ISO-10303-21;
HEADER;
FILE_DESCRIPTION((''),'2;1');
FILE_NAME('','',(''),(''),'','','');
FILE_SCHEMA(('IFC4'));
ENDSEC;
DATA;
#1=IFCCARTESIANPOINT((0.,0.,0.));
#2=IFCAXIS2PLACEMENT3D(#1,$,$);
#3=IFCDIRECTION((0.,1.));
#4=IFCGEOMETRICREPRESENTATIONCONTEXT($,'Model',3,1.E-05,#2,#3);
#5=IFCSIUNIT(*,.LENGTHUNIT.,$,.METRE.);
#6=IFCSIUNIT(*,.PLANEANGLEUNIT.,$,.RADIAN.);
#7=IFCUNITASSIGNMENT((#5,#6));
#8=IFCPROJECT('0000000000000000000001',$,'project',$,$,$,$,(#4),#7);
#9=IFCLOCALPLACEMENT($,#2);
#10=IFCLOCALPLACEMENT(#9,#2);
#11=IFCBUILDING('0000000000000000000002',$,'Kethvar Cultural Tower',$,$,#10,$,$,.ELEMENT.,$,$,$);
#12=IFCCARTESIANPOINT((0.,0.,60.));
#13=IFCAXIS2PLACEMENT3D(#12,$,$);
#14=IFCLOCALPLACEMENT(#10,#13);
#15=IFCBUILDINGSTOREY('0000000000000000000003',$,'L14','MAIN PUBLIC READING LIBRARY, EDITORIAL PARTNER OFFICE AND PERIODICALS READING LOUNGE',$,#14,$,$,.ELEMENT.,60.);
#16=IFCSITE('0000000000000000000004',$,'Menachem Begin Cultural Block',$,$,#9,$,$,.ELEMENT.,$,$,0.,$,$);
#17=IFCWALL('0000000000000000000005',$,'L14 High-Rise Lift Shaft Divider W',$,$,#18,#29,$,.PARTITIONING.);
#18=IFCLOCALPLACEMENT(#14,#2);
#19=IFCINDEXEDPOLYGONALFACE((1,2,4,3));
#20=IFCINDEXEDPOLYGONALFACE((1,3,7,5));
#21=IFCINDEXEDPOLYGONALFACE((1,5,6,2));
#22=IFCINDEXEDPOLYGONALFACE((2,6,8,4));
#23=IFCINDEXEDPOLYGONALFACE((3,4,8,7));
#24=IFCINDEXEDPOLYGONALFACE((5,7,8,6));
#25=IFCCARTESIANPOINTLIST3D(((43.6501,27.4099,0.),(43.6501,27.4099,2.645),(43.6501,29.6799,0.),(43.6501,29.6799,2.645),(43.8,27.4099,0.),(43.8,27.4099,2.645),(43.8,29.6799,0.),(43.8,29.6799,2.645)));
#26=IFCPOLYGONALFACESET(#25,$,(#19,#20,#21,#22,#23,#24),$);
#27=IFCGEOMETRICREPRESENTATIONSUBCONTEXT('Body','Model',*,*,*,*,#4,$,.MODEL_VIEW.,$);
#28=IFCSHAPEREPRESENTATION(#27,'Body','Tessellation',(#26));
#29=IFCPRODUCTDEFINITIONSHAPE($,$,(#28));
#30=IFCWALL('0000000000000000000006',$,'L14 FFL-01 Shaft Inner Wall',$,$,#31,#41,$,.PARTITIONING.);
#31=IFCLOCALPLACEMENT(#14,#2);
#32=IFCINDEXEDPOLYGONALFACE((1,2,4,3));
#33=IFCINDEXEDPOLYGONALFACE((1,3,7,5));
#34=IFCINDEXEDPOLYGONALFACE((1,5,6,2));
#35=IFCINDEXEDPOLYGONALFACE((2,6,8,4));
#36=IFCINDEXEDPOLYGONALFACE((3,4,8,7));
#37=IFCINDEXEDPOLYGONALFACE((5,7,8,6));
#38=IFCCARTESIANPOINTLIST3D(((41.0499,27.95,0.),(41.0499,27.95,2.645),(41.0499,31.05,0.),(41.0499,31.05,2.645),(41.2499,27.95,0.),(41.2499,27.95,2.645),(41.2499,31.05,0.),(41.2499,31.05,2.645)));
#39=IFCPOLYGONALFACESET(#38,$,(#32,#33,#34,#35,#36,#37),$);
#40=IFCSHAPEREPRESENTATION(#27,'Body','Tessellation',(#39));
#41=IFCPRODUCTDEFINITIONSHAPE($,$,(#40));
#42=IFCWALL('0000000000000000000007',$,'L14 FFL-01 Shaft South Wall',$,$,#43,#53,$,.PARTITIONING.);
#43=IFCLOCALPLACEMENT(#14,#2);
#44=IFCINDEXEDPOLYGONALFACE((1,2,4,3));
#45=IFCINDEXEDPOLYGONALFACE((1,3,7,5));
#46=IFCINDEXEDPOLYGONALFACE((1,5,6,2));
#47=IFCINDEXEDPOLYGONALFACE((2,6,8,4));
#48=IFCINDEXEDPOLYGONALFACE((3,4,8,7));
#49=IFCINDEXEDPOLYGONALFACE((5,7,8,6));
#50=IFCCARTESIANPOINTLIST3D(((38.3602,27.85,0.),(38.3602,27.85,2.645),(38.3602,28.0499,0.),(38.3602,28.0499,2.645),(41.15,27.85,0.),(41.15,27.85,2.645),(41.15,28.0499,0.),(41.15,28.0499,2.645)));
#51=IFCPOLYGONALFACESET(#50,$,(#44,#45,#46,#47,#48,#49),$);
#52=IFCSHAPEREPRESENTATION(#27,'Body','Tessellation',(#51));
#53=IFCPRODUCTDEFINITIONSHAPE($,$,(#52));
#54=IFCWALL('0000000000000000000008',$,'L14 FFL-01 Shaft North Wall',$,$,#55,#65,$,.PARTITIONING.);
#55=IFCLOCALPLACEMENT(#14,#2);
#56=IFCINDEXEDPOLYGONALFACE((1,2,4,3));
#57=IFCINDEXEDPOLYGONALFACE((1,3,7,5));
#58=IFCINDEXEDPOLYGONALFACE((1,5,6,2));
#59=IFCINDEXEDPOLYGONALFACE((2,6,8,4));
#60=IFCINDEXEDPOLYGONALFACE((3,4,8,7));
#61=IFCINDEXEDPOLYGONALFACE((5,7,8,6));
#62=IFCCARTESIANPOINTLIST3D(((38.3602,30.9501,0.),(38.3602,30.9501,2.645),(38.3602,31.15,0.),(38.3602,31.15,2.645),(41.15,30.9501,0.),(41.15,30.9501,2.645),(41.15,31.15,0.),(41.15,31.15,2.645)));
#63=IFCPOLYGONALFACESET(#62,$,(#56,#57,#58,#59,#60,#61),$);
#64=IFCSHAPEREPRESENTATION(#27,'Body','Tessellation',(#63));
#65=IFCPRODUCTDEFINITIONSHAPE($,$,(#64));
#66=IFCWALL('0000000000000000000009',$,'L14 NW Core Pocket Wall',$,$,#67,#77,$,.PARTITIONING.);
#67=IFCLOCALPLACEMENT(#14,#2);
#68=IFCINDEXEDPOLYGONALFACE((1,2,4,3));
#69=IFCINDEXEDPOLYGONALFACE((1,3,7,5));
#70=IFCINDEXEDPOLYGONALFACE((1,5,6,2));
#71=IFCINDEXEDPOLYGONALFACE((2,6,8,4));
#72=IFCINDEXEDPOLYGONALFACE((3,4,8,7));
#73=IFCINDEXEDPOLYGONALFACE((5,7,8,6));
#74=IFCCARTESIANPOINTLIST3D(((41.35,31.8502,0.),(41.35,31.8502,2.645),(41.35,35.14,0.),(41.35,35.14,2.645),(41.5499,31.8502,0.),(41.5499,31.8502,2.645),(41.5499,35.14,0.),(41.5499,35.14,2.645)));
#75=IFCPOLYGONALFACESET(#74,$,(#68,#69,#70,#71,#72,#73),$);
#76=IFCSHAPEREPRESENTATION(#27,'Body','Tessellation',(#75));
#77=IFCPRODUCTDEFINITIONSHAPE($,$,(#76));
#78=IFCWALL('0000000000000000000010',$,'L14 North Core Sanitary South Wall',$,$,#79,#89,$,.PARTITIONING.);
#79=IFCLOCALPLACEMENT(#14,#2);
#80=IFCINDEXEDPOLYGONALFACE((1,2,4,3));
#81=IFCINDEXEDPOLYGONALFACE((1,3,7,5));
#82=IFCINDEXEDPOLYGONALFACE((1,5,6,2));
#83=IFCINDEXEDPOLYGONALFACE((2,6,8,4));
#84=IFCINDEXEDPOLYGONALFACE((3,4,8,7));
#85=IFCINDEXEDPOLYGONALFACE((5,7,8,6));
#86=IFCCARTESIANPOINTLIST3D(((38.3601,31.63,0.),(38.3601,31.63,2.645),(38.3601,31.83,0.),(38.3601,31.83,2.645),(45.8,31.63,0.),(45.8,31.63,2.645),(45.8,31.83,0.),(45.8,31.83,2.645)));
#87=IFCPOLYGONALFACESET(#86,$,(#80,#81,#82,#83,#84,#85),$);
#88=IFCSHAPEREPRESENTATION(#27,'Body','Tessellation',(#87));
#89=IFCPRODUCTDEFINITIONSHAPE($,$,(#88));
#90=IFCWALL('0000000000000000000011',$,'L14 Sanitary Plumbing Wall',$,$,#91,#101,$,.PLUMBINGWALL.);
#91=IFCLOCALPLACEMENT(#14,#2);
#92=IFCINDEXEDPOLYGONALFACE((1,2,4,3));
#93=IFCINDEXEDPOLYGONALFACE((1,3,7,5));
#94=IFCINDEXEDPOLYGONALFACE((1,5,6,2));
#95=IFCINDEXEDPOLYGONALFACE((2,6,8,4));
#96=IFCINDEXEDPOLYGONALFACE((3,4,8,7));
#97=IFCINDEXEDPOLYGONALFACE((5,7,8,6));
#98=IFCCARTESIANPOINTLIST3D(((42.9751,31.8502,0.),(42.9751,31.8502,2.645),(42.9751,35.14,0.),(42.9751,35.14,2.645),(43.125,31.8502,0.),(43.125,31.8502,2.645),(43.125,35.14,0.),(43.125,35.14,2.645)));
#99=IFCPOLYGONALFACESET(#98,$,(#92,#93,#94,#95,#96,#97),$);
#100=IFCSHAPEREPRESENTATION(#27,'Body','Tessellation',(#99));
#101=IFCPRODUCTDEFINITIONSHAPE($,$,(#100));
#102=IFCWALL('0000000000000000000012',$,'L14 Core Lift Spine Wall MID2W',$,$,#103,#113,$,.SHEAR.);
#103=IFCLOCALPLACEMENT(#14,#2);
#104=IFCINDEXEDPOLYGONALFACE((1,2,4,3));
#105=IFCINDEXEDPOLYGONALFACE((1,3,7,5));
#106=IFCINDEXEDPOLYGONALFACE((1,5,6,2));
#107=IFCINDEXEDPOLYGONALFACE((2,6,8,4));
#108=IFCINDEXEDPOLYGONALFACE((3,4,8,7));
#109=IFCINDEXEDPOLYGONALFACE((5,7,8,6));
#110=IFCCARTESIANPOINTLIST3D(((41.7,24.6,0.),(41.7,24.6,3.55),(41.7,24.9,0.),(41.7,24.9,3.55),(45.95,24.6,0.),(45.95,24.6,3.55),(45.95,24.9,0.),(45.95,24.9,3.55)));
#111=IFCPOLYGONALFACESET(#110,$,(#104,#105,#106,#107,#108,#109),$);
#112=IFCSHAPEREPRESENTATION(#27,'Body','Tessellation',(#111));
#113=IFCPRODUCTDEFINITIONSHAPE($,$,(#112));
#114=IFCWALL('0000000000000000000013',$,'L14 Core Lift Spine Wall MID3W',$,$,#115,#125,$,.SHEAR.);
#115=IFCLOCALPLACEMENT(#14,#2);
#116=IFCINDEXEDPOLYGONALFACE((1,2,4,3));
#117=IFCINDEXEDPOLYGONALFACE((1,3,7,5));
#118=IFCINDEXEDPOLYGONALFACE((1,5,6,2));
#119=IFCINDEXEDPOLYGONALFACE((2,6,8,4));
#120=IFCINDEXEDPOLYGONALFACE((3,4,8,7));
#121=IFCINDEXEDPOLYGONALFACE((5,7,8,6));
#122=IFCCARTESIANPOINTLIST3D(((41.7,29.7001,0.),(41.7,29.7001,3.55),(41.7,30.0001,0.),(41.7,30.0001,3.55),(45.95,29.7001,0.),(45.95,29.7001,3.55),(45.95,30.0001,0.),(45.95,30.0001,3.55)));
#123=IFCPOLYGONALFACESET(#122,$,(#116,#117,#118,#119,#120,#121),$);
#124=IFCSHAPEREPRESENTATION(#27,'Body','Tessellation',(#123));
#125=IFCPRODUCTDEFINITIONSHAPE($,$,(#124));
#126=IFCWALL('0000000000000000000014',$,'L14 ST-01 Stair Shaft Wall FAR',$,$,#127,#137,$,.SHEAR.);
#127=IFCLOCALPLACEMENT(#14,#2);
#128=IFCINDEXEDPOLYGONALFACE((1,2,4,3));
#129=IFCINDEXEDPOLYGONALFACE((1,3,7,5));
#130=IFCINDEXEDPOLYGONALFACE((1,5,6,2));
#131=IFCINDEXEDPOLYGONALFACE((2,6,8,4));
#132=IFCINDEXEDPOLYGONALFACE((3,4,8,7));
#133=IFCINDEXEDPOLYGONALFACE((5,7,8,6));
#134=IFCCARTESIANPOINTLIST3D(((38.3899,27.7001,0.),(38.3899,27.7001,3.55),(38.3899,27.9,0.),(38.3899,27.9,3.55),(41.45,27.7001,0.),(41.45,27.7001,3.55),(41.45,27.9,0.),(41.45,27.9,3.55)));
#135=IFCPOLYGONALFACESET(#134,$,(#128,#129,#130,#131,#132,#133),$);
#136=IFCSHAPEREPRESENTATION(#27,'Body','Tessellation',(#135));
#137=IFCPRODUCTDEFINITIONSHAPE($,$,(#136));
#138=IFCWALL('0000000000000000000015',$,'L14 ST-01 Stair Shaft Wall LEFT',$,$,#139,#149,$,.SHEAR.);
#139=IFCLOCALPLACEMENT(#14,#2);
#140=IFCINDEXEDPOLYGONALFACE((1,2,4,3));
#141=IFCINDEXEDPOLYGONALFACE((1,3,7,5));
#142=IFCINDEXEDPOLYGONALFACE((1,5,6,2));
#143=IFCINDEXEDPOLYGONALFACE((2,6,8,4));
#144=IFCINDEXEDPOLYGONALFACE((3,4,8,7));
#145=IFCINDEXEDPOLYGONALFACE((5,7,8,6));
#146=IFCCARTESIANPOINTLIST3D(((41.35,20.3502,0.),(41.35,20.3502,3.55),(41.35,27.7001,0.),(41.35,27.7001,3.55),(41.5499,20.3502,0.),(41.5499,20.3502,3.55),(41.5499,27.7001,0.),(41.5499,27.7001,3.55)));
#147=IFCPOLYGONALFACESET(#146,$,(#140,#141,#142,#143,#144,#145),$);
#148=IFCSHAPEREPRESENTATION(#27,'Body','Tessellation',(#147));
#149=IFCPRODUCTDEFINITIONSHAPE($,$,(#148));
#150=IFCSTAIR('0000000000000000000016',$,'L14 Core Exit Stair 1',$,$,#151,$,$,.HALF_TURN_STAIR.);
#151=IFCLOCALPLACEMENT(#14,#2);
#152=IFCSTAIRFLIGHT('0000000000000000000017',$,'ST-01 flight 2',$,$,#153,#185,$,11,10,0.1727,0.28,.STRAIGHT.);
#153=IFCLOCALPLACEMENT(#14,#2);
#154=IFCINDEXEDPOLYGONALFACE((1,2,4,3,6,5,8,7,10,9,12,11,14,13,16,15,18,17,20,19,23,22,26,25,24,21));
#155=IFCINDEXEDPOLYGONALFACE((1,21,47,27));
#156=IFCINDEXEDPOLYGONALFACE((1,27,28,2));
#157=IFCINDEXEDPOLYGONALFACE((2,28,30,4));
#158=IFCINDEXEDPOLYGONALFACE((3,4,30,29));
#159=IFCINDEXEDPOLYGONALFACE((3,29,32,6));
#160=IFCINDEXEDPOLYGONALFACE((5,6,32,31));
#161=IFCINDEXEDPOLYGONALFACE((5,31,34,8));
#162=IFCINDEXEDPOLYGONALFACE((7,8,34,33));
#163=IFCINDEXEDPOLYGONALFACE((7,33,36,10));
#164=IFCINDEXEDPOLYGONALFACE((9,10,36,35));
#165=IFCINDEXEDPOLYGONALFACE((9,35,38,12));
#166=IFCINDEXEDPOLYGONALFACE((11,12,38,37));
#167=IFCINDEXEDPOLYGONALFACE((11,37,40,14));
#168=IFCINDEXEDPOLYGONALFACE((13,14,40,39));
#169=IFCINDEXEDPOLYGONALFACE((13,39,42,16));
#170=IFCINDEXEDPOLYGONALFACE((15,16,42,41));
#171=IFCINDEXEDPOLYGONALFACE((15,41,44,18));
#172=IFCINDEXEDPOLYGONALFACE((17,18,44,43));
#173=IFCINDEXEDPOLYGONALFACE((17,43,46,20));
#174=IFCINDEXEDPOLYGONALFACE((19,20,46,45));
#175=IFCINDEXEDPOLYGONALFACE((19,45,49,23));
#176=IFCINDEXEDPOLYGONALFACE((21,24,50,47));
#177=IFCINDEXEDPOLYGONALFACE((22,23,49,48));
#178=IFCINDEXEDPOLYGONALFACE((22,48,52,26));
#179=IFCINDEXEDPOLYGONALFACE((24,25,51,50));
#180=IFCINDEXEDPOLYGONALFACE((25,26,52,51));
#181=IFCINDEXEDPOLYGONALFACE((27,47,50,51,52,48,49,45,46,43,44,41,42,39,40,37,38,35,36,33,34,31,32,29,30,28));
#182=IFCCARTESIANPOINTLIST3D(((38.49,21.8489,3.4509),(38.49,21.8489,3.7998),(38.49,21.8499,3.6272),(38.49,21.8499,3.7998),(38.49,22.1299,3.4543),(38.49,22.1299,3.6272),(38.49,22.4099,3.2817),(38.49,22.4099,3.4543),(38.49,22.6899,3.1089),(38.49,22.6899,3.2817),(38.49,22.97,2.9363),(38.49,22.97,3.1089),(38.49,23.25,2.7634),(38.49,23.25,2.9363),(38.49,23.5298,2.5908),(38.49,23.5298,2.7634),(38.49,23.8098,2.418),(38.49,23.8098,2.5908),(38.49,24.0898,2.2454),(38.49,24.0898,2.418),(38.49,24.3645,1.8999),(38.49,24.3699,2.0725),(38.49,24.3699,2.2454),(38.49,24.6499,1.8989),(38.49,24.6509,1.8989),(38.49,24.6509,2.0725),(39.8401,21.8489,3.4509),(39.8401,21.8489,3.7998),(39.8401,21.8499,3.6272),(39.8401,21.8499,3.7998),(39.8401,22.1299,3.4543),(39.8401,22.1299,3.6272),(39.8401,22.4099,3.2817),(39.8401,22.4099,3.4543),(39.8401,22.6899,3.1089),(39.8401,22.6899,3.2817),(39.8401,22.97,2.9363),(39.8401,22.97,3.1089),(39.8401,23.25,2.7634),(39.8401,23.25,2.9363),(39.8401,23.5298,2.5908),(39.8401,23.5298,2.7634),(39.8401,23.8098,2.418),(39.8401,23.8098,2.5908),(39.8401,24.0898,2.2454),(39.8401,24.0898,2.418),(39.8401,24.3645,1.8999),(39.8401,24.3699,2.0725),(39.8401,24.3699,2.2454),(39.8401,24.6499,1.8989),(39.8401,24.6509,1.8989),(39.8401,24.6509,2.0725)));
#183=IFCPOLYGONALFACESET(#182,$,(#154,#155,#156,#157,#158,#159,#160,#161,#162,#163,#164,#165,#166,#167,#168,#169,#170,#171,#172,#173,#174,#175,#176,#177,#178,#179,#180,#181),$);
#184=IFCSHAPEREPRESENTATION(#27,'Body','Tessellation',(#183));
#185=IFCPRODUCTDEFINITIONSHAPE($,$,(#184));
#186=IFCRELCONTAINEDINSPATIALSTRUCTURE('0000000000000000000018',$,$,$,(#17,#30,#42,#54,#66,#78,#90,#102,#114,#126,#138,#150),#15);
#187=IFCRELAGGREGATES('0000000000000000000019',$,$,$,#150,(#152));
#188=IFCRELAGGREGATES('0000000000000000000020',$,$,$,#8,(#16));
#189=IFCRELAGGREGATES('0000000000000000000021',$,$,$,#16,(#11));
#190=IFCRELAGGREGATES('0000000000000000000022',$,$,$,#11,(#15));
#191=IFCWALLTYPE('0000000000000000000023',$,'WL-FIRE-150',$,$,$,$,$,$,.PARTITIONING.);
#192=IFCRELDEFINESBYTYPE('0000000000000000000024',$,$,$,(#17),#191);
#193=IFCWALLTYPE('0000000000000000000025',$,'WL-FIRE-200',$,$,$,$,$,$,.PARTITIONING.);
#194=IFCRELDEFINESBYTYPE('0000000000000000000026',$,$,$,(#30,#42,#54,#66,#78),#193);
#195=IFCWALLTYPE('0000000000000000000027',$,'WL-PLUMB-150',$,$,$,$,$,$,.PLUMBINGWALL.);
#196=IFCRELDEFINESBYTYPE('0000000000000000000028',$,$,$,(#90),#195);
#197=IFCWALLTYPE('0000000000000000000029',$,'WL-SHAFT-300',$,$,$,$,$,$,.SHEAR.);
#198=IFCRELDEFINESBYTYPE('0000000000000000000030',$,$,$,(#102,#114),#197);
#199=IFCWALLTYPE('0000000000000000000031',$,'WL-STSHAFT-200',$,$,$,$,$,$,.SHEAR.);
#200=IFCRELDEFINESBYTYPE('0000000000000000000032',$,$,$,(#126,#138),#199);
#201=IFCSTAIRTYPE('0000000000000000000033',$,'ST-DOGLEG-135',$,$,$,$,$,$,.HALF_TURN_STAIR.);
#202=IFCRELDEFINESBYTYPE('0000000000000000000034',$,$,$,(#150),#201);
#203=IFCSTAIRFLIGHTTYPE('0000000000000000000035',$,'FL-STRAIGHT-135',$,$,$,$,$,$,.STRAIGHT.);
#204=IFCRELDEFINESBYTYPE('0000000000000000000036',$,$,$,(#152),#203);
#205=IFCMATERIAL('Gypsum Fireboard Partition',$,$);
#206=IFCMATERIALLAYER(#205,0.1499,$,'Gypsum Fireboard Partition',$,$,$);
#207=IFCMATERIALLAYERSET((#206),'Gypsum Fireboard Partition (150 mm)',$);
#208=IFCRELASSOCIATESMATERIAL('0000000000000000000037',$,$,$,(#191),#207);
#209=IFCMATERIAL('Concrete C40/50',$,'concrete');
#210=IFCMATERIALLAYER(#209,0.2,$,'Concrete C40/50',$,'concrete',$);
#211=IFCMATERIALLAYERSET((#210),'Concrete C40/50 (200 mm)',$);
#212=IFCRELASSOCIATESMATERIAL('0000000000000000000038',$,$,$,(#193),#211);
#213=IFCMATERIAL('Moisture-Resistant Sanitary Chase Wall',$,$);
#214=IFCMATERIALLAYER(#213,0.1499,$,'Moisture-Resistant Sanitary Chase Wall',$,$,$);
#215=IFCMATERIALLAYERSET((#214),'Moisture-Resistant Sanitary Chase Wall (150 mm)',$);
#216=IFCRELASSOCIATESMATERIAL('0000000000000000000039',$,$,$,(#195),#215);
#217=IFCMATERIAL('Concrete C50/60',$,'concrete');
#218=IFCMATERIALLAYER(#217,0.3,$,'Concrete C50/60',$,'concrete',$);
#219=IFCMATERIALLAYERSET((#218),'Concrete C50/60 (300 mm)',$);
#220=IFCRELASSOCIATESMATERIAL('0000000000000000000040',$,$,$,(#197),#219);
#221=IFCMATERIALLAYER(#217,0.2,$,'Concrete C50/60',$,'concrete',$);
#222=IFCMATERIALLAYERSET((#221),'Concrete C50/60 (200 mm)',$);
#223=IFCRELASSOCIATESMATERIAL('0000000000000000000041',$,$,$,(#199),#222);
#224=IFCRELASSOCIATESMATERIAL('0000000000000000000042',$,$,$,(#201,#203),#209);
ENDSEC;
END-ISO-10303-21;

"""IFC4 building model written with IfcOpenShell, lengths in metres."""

from ifc_helpers import new_model, si_unit, direction, frame, frame_2d, origin, place, context, subcontext, project, spatial, polyline, rectangle, outline, extrude, material, layer, layer_set, type_object, element, aggregate, save


model = new_model("IFC4")

# Units and contexts
model_context = context("Model", 3, precision=1e-05, world=origin(), true_north=direction((0.0, 1.0)))
body_context = subcontext(model_context, "Body", "Model", "MODEL_VIEW")
ifc_project = project(units=[si_unit("LENGTHUNIT", "METRE"), si_unit("PLANEANGLEUNIT", "RADIAN")], contexts=[model_context])

# Site, building, storey
site_placement = place(None, origin())
site = spatial("IfcSite", under=ifc_project, at=site_placement, Name="Menachem Begin Cultural Block", CompositionType="ELEMENT", RefElevation=0.0)
building_placement = place(site_placement, origin())
building = spatial("IfcBuilding", under=site, at=building_placement, Name="Kethvar Cultural Tower", CompositionType="ELEMENT")
storey_placement = place(building_placement, frame((0.0, 0.0, 60.0)))
storey = spatial("IfcBuildingStorey", under=building, at=storey_placement, Name="L14", Description="MAIN PUBLIC READING LIBRARY, EDITORIAL PARTNER OFFICE AND PERIODICALS READING LOUNGE", CompositionType="ELEMENT", Elevation=60.0)

# Walls
ifc_material_1 = material(Name="Gypsum Fireboard Partition")
ifc_layer_1 = layer(ifc_material_1, 0.1499, Name="Gypsum Fireboard Partition")
ifc_layer_set_1 = layer_set([ifc_layer_1], Name="Gypsum Fireboard Partition (150 mm)")
wall_type_1 = type_object("IfcWallType", Name="WL-FIRE-150", PredefinedType="PARTITIONING", material=ifc_layer_set_1)
for number, where, z_axis, x_axis, name in (
    (1, (43.7251, 27.4099, 0.0), (0.0, 0.0, 1.0), (0.0, 1.0, 0.0), "L14 High-Rise Lift Shaft Divider W"),
):
    element("IfcWall", number, at=place(storey_placement, frame(where, z_axis=z_axis, x_axis=x_axis)), inside=storey, type_object=wall_type_1, Name=name, PredefinedType="PARTITIONING", context=body_context, shape_type="SweptSolid", body=[
        extrude(rectangle(XDim=2.27, YDim=0.1499, at=frame_2d((1.135, 0.0))), origin(), (0.0, 0.0, 1.0), 2.645),
    ])
ifc_material_2 = material(Name="Concrete C40/50", Category="concrete")
ifc_layer_2 = layer(ifc_material_2, 0.2, Name="Concrete C40/50", Category="concrete")
ifc_layer_set_2 = layer_set([ifc_layer_2], Name="Concrete C40/50 (200 mm)")
wall_type_2 = type_object("IfcWallType", Name="WL-FIRE-200", PredefinedType="PARTITIONING", material=ifc_layer_set_2)
wall_1_placement = place(storey_placement, frame((41.1499, 27.95, 0.0), z_axis=(0.0, 0.0, 1.0), x_axis=(0.0, 1.0, 0.0)))
element("IfcWall", 2, at=wall_1_placement, inside=storey, type_object=wall_type_2, Name="L14 FFL-01 Shaft Inner Wall", PredefinedType="PARTITIONING", context=body_context, shape_type="SweptSolid", body=[
    extrude(rectangle(XDim=3.1001, YDim=0.2, at=frame_2d((1.55, 0.0))), origin(), (0.0, 0.0, 1.0), 2.645),
])
for number, where, z_axis, x_axis, name in (
    (3, (38.3601, 27.95, 0.0), (0.0, 0.0, 1.0), (1.0, 0.0, 0.0), "L14 FFL-01 Shaft South Wall"),
    (4, (38.3601, 31.05, 0.0), (0.0, 0.0, 1.0), (1.0, 0.0, 0.0), "L14 FFL-01 Shaft North Wall"),
):
    element("IfcWall", number, at=place(storey_placement, frame(where, z_axis=z_axis, x_axis=x_axis)), inside=storey, type_object=wall_type_2, Name=name, PredefinedType="PARTITIONING", context=body_context, shape_type="SweptSolid", body=[
        extrude(rectangle(XDim=2.7898, YDim=0.2, at=frame_2d((1.395, 0.0))), origin(), (0.0, 0.0, 1.0), 2.645),
    ])
wall_2_placement = place(storey_placement, frame((41.45, 31.8501, 0.0), z_axis=(0.0, 0.0, 1.0), x_axis=(0.0, 1.0, 0.0)))
element("IfcWall", 5, at=wall_2_placement, inside=storey, type_object=wall_type_2, Name="L14 NW Core Pocket Wall", PredefinedType="PARTITIONING", context=body_context, shape_type="SweptSolid", body=[
    extrude(rectangle(XDim=3.2898, YDim=0.2, at=frame_2d((1.645, 0.0))), origin(), (0.0, 0.0, 1.0), 2.645),
])
wall_3_placement = place(storey_placement, frame((38.3601, 31.73, 0.0), z_axis=(0.0, 0.0, 1.0), x_axis=(1.0, 0.0, 0.0)))
element("IfcWall", 6, at=wall_3_placement, inside=storey, type_object=wall_type_2, Name="L14 North Core Sanitary South Wall", PredefinedType="PARTITIONING", context=body_context, shape_type="SweptSolid", body=[
    extrude(rectangle(XDim=7.4399, YDim=0.2, at=frame_2d((3.72, 0.0))), origin(), (0.0, 0.0, 1.0), 2.645),
])
ifc_material_3 = material(Name="Moisture-Resistant Sanitary Chase Wall")
ifc_layer_3 = layer(ifc_material_3, 0.1499, Name="Moisture-Resistant Sanitary Chase Wall")
ifc_layer_set_3 = layer_set([ifc_layer_3], Name="Moisture-Resistant Sanitary Chase Wall (150 mm)")
wall_type_3 = type_object("IfcWallType", Name="WL-PLUMB-150", PredefinedType="PLUMBINGWALL", material=ifc_layer_set_3)
wall_4_placement = place(storey_placement, frame((43.05, 31.8501, 0.0), z_axis=(0.0, 0.0, 1.0), x_axis=(0.0, 1.0, 0.0)))
element("IfcWall", 7, at=wall_4_placement, inside=storey, type_object=wall_type_3, Name="L14 Sanitary Plumbing Wall", PredefinedType="PLUMBINGWALL", context=body_context, shape_type="SweptSolid", body=[
    extrude(rectangle(XDim=3.2898, YDim=0.1499, at=frame_2d((1.645, 0.0))), origin(), (0.0, 0.0, 1.0), 2.645),
])
ifc_material_4 = material(Name="Concrete C50/60", Category="concrete")
ifc_layer_4 = layer(ifc_material_4, 0.3, Name="Concrete C50/60", Category="concrete")
ifc_layer_set_4 = layer_set([ifc_layer_4], Name="Concrete C50/60 (300 mm)")
wall_type_4 = type_object("IfcWallType", Name="WL-SHAFT-300", PredefinedType="SHEAR", material=ifc_layer_set_4)
for number, where, z_axis, x_axis, name in (
    (8, (41.7, 24.75, 0.0), (0.0, 0.0, 1.0), (1.0, 0.0, 0.0), "L14 Core Lift Spine Wall MID2W"),
    (9, (41.7, 29.8501, 0.0), (0.0, 0.0, 1.0), (1.0, 0.0, 0.0), "L14 Core Lift Spine Wall MID3W"),
):
    element("IfcWall", number, at=place(storey_placement, frame(where, z_axis=z_axis, x_axis=x_axis)), inside=storey, type_object=wall_type_4, Name=name, PredefinedType="SHEAR", context=body_context, shape_type="SweptSolid", body=[
        extrude(rectangle(XDim=4.25, YDim=0.3, at=frame_2d((2.125, 0.0))), origin(), (0.0, 0.0, 1.0), 3.55),
    ])
ifc_layer_5 = layer(ifc_material_4, 0.2, Name="Concrete C50/60", Category="concrete")
ifc_layer_set_5 = layer_set([ifc_layer_5], Name="Concrete C50/60 (200 mm)")
wall_type_5 = type_object("IfcWallType", Name="WL-STSHAFT-200", PredefinedType="SHEAR", material=ifc_layer_set_5)
wall_5_placement = place(storey_placement, frame((38.3899, 27.8, 0.0), z_axis=(0.0, 0.0, 1.0), x_axis=(1.0, 0.0, 0.0)))
element("IfcWall", 10, at=wall_5_placement, inside=storey, type_object=wall_type_5, Name="L14 ST-01 Stair Shaft Wall FAR", PredefinedType="SHEAR", context=body_context, shape_type="SweptSolid", body=[
    extrude(rectangle(XDim=3.0601, YDim=0.2, at=frame_2d((1.53, 0.0))), origin(), (0.0, 0.0, 1.0), 3.55),
])
wall_6_placement = place(storey_placement, frame((41.45, 27.7, 0.0), z_axis=(0.0, 0.0, 1.0), x_axis=(0.0, -1.0, 0.0)))
element("IfcWall", 11, at=wall_6_placement, inside=storey, type_object=wall_type_5, Name="L14 ST-01 Stair Shaft Wall LEFT", PredefinedType="SHEAR", context=body_context, shape_type="SweptSolid", body=[
    extrude(rectangle(XDim=7.3499, YDim=0.2, at=frame_2d((3.6748, 0.0))), origin(), (0.0, 0.0, 1.0), 3.55),
])

# Stair, stair flight
stair_type = type_object("IfcStairType", Name="ST-DOGLEG-135", PredefinedType="HALF_TURN_STAIR", material=ifc_material_2)
stair_placement = place(storey_placement, origin())
stair = element("IfcStair", 12, at=stair_placement, inside=storey, type_object=stair_type, Name="L14 Core Exit Stair 1", PredefinedType="HALF_TURN_STAIR")
stair_flight_type = type_object("IfcStairFlightType", Name="FL-STRAIGHT-135", PredefinedType="STRAIGHT", material=ifc_material_2)
stair_flight_placement = place(storey_placement, frame((39.165, 24.6499, 1.8999), z_axis=(0.0, 0.0, 1.0), x_axis=(0.0, -1.0, 0.0)))
stair_flight = element("IfcStairFlight", 13, at=stair_flight_placement, type_object=stair_flight_type, Name="ST-01 flight 2", NumberOfRisers=11, NumberOfTreads=10, PredefinedType="STRAIGHT", RiserHeight=0.1727, TreadLength=0.28, context=body_context, shape_type="SweptSolid", body=[
    extrude(outline(polyline([(-0.001, -0.001), (-0.001, 0.1726), (0.28, 0.1726), (0.28, 0.3455), (0.5601, 0.3455), (0.5601, 0.5181), (0.8401, 0.5181), (0.8401, 0.6909), (1.1201, 0.6909), (1.1201, 0.8635), (1.3999, 0.8635), (1.3999, 1.0364), (1.6799, 1.0364), (1.6799, 1.209), (1.96, 1.209), (1.96, 1.3818), (2.24, 1.3818), (2.24, 1.5544), (2.52, 1.5544), (2.52, 1.7273), (2.8, 1.7273), (2.8, 1.8999), (2.801, 1.8999), (2.801, 1.551), (0.2854, 0.0), (0.0, -0.001), (-0.001, -0.001)])), frame((0.0, 0.675, 0.0), z_axis=(0.0, -1.0, 0.0), x_axis=(1.0, 0.0, 0.0)), (0.0, 0.0, 1.0), 1.3501),
])
aggregate(stair, [stair_flight])

save(model, "model.ifc")
